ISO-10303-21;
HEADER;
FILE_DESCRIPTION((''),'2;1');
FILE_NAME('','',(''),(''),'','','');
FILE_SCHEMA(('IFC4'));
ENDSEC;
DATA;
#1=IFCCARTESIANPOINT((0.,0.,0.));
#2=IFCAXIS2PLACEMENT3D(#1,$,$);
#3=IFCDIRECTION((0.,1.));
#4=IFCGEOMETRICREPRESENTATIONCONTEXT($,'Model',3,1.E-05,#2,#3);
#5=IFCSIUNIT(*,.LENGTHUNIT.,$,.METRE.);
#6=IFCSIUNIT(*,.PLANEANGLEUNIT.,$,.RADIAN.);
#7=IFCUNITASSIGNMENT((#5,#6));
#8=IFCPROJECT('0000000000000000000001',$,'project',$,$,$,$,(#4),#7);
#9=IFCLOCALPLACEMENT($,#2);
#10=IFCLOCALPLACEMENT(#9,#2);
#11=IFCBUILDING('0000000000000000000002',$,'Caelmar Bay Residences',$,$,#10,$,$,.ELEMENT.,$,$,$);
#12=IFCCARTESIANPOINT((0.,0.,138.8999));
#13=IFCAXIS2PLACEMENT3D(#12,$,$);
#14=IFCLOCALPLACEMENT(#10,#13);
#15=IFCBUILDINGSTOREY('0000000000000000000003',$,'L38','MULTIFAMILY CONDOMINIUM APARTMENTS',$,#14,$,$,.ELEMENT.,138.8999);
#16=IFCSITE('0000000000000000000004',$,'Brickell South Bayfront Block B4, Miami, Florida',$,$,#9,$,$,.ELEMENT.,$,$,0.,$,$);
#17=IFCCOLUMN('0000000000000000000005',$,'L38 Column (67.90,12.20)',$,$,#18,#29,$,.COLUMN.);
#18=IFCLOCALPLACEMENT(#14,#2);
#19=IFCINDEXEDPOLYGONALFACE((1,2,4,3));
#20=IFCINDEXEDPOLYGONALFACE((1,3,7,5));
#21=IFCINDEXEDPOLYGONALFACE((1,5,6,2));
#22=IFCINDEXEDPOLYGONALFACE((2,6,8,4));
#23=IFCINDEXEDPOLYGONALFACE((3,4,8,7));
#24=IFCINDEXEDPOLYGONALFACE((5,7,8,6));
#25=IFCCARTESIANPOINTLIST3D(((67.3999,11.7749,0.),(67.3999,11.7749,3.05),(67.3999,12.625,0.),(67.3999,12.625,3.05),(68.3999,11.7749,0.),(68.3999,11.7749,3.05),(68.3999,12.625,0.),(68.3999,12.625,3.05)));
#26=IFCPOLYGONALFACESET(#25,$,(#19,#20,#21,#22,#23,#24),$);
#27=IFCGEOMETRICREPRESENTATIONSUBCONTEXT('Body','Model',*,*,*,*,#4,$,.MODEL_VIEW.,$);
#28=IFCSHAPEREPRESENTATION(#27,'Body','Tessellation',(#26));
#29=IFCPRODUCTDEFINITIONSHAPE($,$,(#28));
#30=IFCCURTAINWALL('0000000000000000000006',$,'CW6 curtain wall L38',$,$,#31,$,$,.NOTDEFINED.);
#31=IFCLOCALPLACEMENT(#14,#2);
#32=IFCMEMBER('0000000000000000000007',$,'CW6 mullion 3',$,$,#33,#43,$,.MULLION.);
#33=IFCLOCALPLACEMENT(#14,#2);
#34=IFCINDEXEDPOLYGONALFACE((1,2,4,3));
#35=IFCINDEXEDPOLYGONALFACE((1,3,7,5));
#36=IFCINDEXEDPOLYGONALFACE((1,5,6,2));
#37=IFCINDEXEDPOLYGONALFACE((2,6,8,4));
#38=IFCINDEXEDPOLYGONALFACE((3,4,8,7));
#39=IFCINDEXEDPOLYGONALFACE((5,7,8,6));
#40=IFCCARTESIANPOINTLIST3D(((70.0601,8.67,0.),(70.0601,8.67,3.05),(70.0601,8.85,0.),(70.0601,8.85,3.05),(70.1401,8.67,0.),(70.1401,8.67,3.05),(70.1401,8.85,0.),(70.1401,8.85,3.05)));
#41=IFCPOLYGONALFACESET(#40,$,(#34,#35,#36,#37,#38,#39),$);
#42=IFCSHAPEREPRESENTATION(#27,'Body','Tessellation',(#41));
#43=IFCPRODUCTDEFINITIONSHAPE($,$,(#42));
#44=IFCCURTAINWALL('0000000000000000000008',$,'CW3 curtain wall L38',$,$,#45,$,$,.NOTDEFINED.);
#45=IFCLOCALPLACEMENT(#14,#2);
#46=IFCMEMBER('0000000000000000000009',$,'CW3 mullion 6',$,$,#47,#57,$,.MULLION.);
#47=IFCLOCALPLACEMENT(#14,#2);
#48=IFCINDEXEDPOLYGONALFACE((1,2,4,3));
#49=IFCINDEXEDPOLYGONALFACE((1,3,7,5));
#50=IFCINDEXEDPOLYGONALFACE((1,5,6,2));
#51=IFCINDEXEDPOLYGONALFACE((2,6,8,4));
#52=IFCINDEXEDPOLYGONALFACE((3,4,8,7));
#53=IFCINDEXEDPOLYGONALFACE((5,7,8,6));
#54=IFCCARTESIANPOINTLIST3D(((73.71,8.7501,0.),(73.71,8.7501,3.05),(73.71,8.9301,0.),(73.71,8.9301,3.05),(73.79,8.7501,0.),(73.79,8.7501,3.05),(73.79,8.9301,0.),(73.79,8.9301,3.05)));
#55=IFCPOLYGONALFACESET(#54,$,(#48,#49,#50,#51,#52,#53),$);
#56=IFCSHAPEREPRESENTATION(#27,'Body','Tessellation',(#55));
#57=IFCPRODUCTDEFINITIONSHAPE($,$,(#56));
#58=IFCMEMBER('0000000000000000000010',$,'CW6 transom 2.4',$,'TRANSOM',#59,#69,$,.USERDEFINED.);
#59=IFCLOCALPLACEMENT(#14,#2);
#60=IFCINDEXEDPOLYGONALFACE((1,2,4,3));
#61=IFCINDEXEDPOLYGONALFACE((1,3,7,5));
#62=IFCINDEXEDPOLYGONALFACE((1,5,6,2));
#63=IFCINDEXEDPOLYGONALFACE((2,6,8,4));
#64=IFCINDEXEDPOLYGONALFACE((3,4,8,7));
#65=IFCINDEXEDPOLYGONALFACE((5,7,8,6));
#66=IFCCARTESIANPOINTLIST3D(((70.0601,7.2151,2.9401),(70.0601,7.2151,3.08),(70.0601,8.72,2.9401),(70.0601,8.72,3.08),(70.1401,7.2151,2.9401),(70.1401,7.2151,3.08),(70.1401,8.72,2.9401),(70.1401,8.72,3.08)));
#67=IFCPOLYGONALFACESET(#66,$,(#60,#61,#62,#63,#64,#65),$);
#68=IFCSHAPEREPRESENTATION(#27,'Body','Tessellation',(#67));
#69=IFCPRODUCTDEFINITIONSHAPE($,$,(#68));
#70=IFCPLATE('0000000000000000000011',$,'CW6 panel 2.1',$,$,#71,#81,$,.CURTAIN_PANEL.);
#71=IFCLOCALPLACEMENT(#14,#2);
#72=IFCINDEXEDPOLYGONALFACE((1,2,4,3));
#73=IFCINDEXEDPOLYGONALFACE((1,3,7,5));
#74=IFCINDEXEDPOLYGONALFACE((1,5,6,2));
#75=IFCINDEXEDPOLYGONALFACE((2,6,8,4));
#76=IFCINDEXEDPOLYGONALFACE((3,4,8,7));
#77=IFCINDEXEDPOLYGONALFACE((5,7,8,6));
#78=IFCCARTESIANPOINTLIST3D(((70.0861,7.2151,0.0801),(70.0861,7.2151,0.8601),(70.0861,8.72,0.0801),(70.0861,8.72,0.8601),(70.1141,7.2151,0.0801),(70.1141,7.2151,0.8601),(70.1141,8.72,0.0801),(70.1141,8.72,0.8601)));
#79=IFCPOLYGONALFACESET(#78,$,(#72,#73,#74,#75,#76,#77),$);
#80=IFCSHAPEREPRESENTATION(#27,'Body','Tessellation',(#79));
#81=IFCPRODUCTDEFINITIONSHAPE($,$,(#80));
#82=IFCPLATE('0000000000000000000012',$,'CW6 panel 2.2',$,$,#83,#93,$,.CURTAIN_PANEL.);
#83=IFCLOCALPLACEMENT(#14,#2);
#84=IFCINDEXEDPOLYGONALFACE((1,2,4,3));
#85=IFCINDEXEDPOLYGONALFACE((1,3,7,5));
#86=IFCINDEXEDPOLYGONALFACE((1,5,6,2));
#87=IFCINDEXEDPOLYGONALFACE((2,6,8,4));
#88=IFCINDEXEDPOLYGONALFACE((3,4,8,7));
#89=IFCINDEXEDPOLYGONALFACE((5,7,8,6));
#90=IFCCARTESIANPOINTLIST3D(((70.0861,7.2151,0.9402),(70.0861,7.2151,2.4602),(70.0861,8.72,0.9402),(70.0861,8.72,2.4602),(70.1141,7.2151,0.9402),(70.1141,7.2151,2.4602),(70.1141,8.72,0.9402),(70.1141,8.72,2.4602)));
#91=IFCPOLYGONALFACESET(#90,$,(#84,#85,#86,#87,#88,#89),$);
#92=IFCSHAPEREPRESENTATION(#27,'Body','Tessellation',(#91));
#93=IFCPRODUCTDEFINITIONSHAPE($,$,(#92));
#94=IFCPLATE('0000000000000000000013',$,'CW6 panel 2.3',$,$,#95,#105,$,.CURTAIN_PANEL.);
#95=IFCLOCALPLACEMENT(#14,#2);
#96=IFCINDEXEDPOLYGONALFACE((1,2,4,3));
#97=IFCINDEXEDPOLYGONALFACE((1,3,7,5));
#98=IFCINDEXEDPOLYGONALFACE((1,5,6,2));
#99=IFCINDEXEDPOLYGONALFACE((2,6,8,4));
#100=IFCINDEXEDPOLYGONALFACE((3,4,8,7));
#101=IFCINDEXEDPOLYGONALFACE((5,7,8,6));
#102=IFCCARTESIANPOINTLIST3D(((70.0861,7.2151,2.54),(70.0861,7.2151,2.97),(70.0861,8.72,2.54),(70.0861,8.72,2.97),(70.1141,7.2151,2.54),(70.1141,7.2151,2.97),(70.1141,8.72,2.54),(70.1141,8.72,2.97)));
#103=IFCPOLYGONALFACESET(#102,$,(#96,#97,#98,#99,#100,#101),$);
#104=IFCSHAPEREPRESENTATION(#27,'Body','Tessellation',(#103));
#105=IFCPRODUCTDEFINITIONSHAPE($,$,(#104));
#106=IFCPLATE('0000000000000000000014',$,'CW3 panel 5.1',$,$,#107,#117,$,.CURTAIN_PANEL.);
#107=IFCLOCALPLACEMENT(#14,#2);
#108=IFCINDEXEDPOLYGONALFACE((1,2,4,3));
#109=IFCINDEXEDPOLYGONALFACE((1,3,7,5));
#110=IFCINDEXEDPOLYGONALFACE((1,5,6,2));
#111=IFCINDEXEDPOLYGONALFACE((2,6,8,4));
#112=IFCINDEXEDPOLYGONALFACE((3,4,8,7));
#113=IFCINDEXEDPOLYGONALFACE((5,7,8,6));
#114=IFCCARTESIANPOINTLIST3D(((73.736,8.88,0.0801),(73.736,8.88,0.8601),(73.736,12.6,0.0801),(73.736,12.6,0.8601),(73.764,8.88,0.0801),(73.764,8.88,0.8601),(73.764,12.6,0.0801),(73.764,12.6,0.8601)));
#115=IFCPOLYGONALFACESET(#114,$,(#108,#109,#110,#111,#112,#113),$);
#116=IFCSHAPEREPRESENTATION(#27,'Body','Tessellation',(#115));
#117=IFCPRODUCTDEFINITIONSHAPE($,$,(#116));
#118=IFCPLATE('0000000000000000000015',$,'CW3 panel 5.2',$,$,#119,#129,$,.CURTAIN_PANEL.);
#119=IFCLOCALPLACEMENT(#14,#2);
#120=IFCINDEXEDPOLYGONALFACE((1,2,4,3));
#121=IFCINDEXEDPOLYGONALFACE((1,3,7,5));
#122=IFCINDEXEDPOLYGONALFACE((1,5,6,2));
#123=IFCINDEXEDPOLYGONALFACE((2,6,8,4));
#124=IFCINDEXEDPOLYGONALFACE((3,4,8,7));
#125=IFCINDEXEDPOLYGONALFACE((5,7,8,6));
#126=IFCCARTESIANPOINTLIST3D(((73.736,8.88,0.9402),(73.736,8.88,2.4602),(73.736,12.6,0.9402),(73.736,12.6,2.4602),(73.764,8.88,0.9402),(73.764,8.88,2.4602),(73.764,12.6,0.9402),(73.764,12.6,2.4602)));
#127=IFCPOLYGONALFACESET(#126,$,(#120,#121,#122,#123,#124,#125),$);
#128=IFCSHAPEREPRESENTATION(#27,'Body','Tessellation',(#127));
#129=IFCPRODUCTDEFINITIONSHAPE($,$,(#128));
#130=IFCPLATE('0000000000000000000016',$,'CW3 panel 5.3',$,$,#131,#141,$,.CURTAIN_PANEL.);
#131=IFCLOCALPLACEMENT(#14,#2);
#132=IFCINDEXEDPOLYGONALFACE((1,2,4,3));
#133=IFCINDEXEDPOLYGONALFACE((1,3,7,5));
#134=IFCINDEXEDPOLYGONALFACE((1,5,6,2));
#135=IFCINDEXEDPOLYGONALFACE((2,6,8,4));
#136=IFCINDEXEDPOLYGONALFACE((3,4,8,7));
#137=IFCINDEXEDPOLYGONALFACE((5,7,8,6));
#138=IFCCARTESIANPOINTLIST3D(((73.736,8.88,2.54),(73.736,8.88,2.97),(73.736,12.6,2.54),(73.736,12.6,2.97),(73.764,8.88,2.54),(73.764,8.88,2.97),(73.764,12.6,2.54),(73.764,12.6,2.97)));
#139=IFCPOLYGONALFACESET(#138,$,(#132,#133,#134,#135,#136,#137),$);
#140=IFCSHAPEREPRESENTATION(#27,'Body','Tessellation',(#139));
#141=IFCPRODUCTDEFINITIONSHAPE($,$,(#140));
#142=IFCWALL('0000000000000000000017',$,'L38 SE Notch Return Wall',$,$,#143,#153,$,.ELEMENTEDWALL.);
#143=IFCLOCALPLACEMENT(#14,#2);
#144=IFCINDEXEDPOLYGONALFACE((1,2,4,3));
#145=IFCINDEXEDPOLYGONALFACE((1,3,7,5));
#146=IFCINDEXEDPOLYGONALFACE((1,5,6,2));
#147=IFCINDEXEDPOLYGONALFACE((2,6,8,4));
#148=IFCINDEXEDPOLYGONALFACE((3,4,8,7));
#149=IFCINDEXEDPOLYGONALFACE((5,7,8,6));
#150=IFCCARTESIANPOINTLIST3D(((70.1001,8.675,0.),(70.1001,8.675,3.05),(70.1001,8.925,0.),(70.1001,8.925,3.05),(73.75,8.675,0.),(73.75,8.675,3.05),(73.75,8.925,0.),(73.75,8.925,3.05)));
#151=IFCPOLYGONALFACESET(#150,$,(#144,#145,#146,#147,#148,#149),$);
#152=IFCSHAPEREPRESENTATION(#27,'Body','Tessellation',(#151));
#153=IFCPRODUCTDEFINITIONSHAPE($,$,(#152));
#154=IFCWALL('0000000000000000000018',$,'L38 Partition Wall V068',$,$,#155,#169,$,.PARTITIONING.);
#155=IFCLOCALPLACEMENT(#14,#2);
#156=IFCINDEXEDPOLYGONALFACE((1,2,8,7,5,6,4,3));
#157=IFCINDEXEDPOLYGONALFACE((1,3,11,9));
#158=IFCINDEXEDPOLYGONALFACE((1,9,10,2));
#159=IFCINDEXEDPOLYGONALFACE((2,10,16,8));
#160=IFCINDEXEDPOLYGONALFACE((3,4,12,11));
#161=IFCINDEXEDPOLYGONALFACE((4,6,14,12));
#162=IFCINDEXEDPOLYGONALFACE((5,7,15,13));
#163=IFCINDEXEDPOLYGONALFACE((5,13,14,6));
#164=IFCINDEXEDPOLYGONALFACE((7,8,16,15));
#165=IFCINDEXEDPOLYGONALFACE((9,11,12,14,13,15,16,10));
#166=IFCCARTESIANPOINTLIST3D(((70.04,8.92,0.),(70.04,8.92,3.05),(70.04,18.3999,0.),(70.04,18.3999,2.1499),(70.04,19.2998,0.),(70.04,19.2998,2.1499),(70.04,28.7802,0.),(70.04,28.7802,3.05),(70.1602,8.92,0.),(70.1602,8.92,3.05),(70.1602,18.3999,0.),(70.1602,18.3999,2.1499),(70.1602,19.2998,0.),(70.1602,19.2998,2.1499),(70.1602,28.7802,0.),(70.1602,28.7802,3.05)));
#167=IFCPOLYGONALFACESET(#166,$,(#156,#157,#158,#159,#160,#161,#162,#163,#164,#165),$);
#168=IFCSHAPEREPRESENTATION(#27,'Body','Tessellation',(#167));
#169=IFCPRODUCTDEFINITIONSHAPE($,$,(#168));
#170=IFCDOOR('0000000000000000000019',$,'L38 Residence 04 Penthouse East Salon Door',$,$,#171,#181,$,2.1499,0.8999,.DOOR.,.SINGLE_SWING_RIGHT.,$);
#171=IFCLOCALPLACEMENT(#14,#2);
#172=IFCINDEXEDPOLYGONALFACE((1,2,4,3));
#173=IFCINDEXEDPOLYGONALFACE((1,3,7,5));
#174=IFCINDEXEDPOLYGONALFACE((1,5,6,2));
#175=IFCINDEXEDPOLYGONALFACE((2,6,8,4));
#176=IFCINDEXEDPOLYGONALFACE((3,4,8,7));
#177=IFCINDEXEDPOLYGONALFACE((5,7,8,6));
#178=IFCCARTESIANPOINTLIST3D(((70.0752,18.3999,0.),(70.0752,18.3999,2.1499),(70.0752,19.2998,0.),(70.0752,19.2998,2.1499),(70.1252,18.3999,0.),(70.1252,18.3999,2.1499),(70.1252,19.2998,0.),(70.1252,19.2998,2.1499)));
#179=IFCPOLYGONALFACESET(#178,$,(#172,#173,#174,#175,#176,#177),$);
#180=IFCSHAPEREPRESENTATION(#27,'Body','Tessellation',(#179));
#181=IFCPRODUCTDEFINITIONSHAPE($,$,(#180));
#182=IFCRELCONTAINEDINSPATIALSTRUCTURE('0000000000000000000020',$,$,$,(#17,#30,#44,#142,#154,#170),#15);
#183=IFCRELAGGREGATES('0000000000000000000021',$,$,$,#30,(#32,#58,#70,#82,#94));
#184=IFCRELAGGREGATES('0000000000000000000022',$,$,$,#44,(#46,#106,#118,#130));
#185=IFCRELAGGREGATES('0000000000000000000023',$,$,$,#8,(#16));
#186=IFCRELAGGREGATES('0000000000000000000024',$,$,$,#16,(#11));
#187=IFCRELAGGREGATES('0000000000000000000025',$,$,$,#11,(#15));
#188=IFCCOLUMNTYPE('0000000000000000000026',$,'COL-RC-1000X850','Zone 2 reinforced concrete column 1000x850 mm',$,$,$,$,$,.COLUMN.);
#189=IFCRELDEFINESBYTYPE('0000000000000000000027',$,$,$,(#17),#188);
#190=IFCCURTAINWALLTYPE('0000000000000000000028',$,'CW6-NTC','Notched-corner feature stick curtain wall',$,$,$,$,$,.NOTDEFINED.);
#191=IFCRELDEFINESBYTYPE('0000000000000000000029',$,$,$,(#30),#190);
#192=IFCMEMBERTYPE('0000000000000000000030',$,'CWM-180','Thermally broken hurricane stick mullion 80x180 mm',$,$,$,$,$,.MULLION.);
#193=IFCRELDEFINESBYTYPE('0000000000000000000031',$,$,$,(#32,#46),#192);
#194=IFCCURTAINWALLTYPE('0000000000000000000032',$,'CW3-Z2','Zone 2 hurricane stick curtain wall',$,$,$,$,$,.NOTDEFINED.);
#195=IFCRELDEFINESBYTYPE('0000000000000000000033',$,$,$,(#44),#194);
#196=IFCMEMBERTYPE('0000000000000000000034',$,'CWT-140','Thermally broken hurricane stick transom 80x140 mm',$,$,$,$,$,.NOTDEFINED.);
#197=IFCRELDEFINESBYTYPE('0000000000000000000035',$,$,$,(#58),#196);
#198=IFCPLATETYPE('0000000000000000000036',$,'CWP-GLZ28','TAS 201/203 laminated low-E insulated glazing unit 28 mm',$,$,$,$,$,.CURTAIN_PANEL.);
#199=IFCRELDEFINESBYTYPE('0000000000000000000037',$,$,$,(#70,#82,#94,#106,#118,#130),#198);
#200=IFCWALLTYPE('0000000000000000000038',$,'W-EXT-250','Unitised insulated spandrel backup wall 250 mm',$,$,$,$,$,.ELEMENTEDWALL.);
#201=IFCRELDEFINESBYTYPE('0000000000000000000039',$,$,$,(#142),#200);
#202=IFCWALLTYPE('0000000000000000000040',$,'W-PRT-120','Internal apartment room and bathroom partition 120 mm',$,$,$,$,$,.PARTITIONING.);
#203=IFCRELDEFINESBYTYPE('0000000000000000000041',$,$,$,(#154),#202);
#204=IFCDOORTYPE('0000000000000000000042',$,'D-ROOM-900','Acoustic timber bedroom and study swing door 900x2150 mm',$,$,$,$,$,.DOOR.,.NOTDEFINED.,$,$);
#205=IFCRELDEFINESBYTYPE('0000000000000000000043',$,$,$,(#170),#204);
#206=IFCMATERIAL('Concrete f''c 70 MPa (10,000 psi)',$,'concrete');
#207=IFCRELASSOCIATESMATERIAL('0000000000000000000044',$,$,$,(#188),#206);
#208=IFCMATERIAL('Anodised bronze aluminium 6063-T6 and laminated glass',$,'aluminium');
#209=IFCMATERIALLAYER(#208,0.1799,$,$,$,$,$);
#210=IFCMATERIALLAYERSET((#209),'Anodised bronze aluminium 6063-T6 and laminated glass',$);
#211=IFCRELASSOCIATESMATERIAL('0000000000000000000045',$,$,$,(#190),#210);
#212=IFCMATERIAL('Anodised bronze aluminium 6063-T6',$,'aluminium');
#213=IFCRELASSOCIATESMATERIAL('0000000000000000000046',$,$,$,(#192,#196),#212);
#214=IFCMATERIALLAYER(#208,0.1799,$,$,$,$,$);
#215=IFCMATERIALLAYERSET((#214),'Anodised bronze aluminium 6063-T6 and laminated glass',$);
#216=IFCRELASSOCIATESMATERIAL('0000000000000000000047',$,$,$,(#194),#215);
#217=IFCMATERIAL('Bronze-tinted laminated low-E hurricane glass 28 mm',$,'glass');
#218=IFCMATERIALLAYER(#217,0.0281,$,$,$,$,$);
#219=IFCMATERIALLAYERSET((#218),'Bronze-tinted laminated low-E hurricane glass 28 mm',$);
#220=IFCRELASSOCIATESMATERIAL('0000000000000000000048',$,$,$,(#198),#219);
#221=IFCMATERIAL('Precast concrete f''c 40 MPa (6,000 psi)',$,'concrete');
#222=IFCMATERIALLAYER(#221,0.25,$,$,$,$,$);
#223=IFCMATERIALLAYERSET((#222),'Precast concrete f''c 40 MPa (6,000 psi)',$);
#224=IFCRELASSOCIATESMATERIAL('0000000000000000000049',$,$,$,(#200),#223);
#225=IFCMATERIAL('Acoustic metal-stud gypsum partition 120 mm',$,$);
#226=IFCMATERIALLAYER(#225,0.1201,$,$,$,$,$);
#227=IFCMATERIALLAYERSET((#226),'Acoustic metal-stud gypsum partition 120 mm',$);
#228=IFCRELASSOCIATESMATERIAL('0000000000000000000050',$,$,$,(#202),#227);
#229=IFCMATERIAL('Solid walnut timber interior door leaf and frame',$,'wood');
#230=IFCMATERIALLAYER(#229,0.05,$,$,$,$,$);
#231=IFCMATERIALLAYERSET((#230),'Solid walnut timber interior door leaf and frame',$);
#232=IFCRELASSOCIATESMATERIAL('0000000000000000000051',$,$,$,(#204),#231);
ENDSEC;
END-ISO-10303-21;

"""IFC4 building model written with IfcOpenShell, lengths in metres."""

from ifc_helpers import new_model, si_unit, direction, frame, frame_2d, origin, origin_2d, place, context, subcontext, project, spatial, rectangle, extrude, material, layer, layer_set, material_profile, profile_set, type_object, element, fill, aggregate, save


model = new_model("IFC4")

# Units and contexts
model_context = context("Model", 3, precision=1e-05, world=origin(), true_north=direction((0.0, 1.0)))
body_context = subcontext(model_context, "Body", "Model", "MODEL_VIEW")
ifc_project = project(units=[si_unit("LENGTHUNIT", "METRE"), si_unit("PLANEANGLEUNIT", "RADIAN")], contexts=[model_context])

# Site, building, storey
site_placement = place(None, origin())
site = spatial("IfcSite", under=ifc_project, at=site_placement, Name="Brickell South Bayfront Block B4, Miami, Florida", CompositionType="ELEMENT", RefElevation=0.0)
building_placement = place(site_placement, origin())
building = spatial("IfcBuilding", under=site, at=building_placement, Name="Caelmar Bay Residences", CompositionType="ELEMENT")
storey_placement = place(building_placement, frame((0.0, 0.0, 138.8999)))
storey = spatial("IfcBuildingStorey", under=building, at=storey_placement, Name="L38", Description="MULTIFAMILY CONDOMINIUM APARTMENTS", CompositionType="ELEMENT", Elevation=138.8999)

# Column
ifc_material_1 = material(Name="Concrete f'c 70 MPa (10,000 psi)", Category="concrete")
ifc_material_profile_1 = material_profile(ifc_material_1, rectangle(XDim=1.0, YDim=0.8501, at=origin_2d()), Name="RC-COL-1000X850")
ifc_profile_set_1 = profile_set([ifc_material_profile_1], Name="Concrete f'c 70 MPa (10,000 psi)")
column_type = type_object("IfcColumnType", Name="COL-RC-1000X850", Description="Zone 2 reinforced concrete column 1000x850 mm", PredefinedType="COLUMN", material=ifc_profile_set_1)
column_placement = place(storey_placement, frame((67.8999, 12.2, 0.0), z_axis=(0.0, 0.0, 1.0), x_axis=(1.0, 0.0, 0.0)))
element("IfcColumn", 1, at=column_placement, inside=storey, type_object=column_type, Name="L38 Column (67.90,12.20)", PredefinedType="COLUMN", context=body_context, shape_type="SweptSolid", body=[
    extrude(rectangle(XDim=1.0, YDim=0.8501, at=origin_2d()), origin(), (0.0, 0.0, 1.0), 3.05),
])

# Curtain walls, members
ifc_material_2 = material(Name="Anodised bronze aluminium 6063-T6 and laminated glass", Category="aluminium")
ifc_layer_1 = layer(ifc_material_2, 0.1799)
ifc_layer_set_1 = layer_set([ifc_layer_1], Name="Anodised bronze aluminium 6063-T6 and laminated glass")
curtain_wall_type_1 = type_object("IfcCurtainWallType", Name="CW6-NTC", Description="Notched-corner feature stick curtain wall", PredefinedType="NOTDEFINED", material=ifc_layer_set_1)
curtain_wall_1_placement = place(storey_placement, origin())
curtain_wall_1 = element("IfcCurtainWall", 2, at=curtain_wall_1_placement, inside=storey, type_object=curtain_wall_type_1, Name="CW6 curtain wall L38", PredefinedType="NOTDEFINED")
ifc_material_3 = material(Name="Anodised bronze aluminium 6063-T6", Category="aluminium")
ifc_material_profile_2 = material_profile(ifc_material_3, rectangle(XDim=0.0801, YDim=0.1799, at=origin_2d()), Name="CWM-80X180")
ifc_profile_set_2 = profile_set([ifc_material_profile_2], Name="Anodised bronze aluminium 6063-T6")
member_type_1 = type_object("IfcMemberType", Name="CWM-180", Description="Thermally broken hurricane stick mullion 80x180 mm", PredefinedType="MULLION", material=ifc_profile_set_2)
member_1_placement = place(storey_placement, frame((70.1001, 8.76, 0.0), z_axis=(0.0, 0.0, 1.0), x_axis=(-1.0, 0.0, 0.0)))
member_1 = element("IfcMember", 3, at=member_1_placement, type_object=member_type_1, Name="CW6 mullion 3", PredefinedType="MULLION", context=body_context, shape_type="SweptSolid", body=[
    extrude(rectangle(XDim=0.0801, YDim=0.1799, at=origin_2d()), origin(), (0.0, 0.0, 1.0), 3.05),
])
ifc_layer_2 = layer(ifc_material_2, 0.1799)
ifc_layer_set_2 = layer_set([ifc_layer_2], Name="Anodised bronze aluminium 6063-T6 and laminated glass")
curtain_wall_type_2 = type_object("IfcCurtainWallType", Name="CW3-Z2", Description="Zone 2 hurricane stick curtain wall", PredefinedType="NOTDEFINED", material=ifc_layer_set_2)
curtain_wall_2_placement = place(storey_placement, origin())
curtain_wall_2 = element("IfcCurtainWall", 4, at=curtain_wall_2_placement, inside=storey, type_object=curtain_wall_type_2, Name="CW3 curtain wall L38", PredefinedType="NOTDEFINED")
member_2_placement = place(storey_placement, frame((73.75, 8.8401, 0.0), z_axis=(0.0, 0.0, 1.0), x_axis=(1.0, 0.0, 0.0)))
member_2 = element("IfcMember", 5, at=member_2_placement, type_object=member_type_1, Name="CW3 mullion 6", PredefinedType="MULLION", context=body_context, shape_type="SweptSolid", body=[
    extrude(rectangle(XDim=0.0801, YDim=0.1799, at=origin_2d()), origin(), (0.0, 0.0, 1.0), 3.05),
])

# Member
ifc_material_profile_3 = material_profile(ifc_material_3, rectangle(XDim=0.0801, YDim=0.1399, at=origin_2d()), Name="CWT-80X140")
ifc_profile_set_3 = profile_set([ifc_material_profile_3], Name="Anodised bronze aluminium 6063-T6")
member_type_2 = type_object("IfcMemberType", Name="CWT-140", Description="Thermally broken hurricane stick transom 80x140 mm", PredefinedType="NOTDEFINED", material=ifc_profile_set_3)
member_3_placement = place(storey_placement, frame((70.1001, 7.2151, 3.01), z_axis=(0.0, 1.0, 0.0), x_axis=(-1.0, 0.0, 0.0)))
member_3 = element("IfcMember", 6, at=member_3_placement, type_object=member_type_2, Name="CW6 transom 2.4", ObjectType="TRANSOM", PredefinedType="USERDEFINED", context=body_context, shape_type="SweptSolid", body=[
    extrude(rectangle(XDim=0.0801, YDim=0.1399, at=origin_2d()), origin(), (0.0, 0.0, 1.0), 1.5049),
])

# Plates
ifc_material_4 = material(Name="Bronze-tinted laminated low-E hurricane glass 28 mm", Category="glass")
ifc_layer_3 = layer(ifc_material_4, 0.0281)
ifc_layer_set_3 = layer_set([ifc_layer_3], Name="Bronze-tinted laminated low-E hurricane glass 28 mm")
plate_type = type_object("IfcPlateType", Name="CWP-GLZ28", Description="TAS 201/203 laminated low-E insulated glazing unit 28 mm", PredefinedType="CURTAIN_PANEL", material=ifc_layer_set_3)
plate_1_placement = place(storey_placement, frame((70.1001, 7.9675, 0.0801), z_axis=(0.0, 0.0, 1.0), x_axis=(0.0, 1.0, 0.0)))
plate_1 = element("IfcPlate", 7, at=plate_1_placement, type_object=plate_type, Name="CW6 panel 2.1", PredefinedType="CURTAIN_PANEL", context=body_context, shape_type="SweptSolid", body=[
    extrude(rectangle(XDim=1.5049, YDim=0.0281, at=origin_2d()), origin(), (0.0, 0.0, 1.0), 0.78),
])
plate_2_placement = place(storey_placement, frame((70.1001, 7.9675, 0.9402), z_axis=(0.0, 0.0, 1.0), x_axis=(0.0, 1.0, 0.0)))
plate_2 = element("IfcPlate", 8, at=plate_2_placement, type_object=plate_type, Name="CW6 panel 2.2", PredefinedType="CURTAIN_PANEL", context=body_context, shape_type="SweptSolid", body=[
    extrude(rectangle(XDim=1.5049, YDim=0.0281, at=origin_2d()), origin(), (0.0, 0.0, 1.0), 1.52),
])
plate_3_placement = place(storey_placement, frame((70.1001, 7.9675, 2.54), z_axis=(0.0, 0.0, 1.0), x_axis=(0.0, 1.0, 0.0)))
plate_3 = element("IfcPlate", 9, at=plate_3_placement, type_object=plate_type, Name="CW6 panel 2.3", PredefinedType="CURTAIN_PANEL", context=body_context, shape_type="SweptSolid", body=[
    extrude(rectangle(XDim=1.5049, YDim=0.0281, at=origin_2d()), origin(), (0.0, 0.0, 1.0), 0.4299),
])
aggregate(curtain_wall_1, [member_1, member_3, plate_1, plate_2, plate_3])
plate_4_placement = place(storey_placement, frame((73.75, 10.74, 0.0801), z_axis=(0.0, 0.0, 1.0), x_axis=(0.0, -1.0, 0.0)))
plate_4 = element("IfcPlate", 10, at=plate_4_placement, type_object=plate_type, Name="CW3 panel 5.1", PredefinedType="CURTAIN_PANEL", context=body_context, shape_type="SweptSolid", body=[
    extrude(rectangle(XDim=3.72, YDim=0.0281, at=origin_2d()), origin(), (0.0, 0.0, 1.0), 0.78),
])
plate_5_placement = place(storey_placement, frame((73.75, 10.74, 0.9402), z_axis=(0.0, 0.0, 1.0), x_axis=(0.0, -1.0, 0.0)))
plate_5 = element("IfcPlate", 11, at=plate_5_placement, type_object=plate_type, Name="CW3 panel 5.2", PredefinedType="CURTAIN_PANEL", context=body_context, shape_type="SweptSolid", body=[
    extrude(rectangle(XDim=3.72, YDim=0.0281, at=origin_2d()), origin(), (0.0, 0.0, 1.0), 1.52),
])
plate_6_placement = place(storey_placement, frame((73.75, 10.74, 2.54), z_axis=(0.0, 0.0, 1.0), x_axis=(0.0, -1.0, 0.0)))
plate_6 = element("IfcPlate", 12, at=plate_6_placement, type_object=plate_type, Name="CW3 panel 5.3", PredefinedType="CURTAIN_PANEL", context=body_context, shape_type="SweptSolid", body=[
    extrude(rectangle(XDim=3.72, YDim=0.0281, at=origin_2d()), origin(), (0.0, 0.0, 1.0), 0.4299),
])
aggregate(curtain_wall_2, [member_2, plate_4, plate_5, plate_6])

# Wall
ifc_material_5 = material(Name="Precast concrete f'c 40 MPa (6,000 psi)", Category="concrete")
ifc_layer_4 = layer(ifc_material_5, 0.25)
ifc_layer_set_4 = layer_set([ifc_layer_4], Name="Precast concrete f'c 40 MPa (6,000 psi)")
wall_type_1 = type_object("IfcWallType", Name="W-EXT-250", Description="Unitised insulated spandrel backup wall 250 mm", PredefinedType="ELEMENTEDWALL", material=ifc_layer_set_4)
wall_1_placement = place(storey_placement, frame((70.1001, 8.8, 0.0), z_axis=(0.0, 0.0, 1.0), x_axis=(1.0, 0.0, 0.0)))
element("IfcWall", 13, at=wall_1_placement, inside=storey, type_object=wall_type_1, Name="L38 SE Notch Return Wall", PredefinedType="ELEMENTEDWALL", context=body_context, shape_type="SweptSolid", body=[
    extrude(rectangle(XDim=3.6499, YDim=0.25, at=frame_2d((1.825, 0.0))), origin(), (0.0, 0.0, 1.0), 3.05),
])

# Wall, opening, door
ifc_material_6 = material(Name="Acoustic metal-stud gypsum partition 120 mm")
ifc_layer_5 = layer(ifc_material_6, 0.1201)
ifc_layer_set_5 = layer_set([ifc_layer_5], Name="Acoustic metal-stud gypsum partition 120 mm")
wall_type_2 = type_object("IfcWallType", Name="W-PRT-120", Description="Internal apartment room and bathroom partition 120 mm", PredefinedType="PARTITIONING", material=ifc_layer_set_5)
wall_2_placement = place(storey_placement, frame((70.1001, 8.9199, 0.0), z_axis=(0.0, 0.0, 1.0), x_axis=(0.0, 1.0, 0.0)))
wall_2 = element("IfcWall", 14, at=wall_2_placement, inside=storey, type_object=wall_type_2, Name="L38 Partition Wall V068", PredefinedType="PARTITIONING", context=body_context, shape_type="SweptSolid", body=[
    extrude(rectangle(XDim=19.8601, YDim=0.1201, at=frame_2d((9.9302, 0.0))), origin(), (0.0, 0.0, 1.0), 3.05),
])
opening_placement = place(wall_2_placement, frame((9.48, 0.0, 0.0)))
opening = element("IfcOpeningElement", 15, at=opening_placement, cuts=wall_2, PredefinedType="OPENING", context=body_context, shape_type="SweptSolid", body=[
    extrude(rectangle(XDim=0.8999, YDim=2.1499, at=frame_2d((0.45, 1.075))), frame((0.0, 0.0701, 0.0), z_axis=(0.0, -1.0, 0.0), x_axis=(1.0, 0.0, 0.0)), (0.0, 0.0, 1.0), 0.1401),
])
ifc_material_7 = material(Name="Solid walnut timber interior door leaf and frame", Category="wood")
ifc_layer_6 = layer(ifc_material_7, 0.05)
ifc_layer_set_6 = layer_set([ifc_layer_6], Name="Solid walnut timber interior door leaf and frame")
door_type = type_object("IfcDoorType", Name="D-ROOM-900", Description="Acoustic timber bedroom and study swing door 900x2150 mm", OperationType="NOTDEFINED", PredefinedType="DOOR", material=ifc_layer_set_6)
door_placement = place(opening_placement, origin())
door = element("IfcDoor", 16, at=door_placement, inside=storey, type_object=door_type, Name="L38 Residence 04 Penthouse East Salon Door", OperationType="SINGLE_SWING_RIGHT", OverallHeight=2.1499, OverallWidth=0.8999, PredefinedType="DOOR", context=body_context, shape_type="SweptSolid", body=[
    extrude(rectangle(XDim=0.8999, YDim=2.1499, at=frame_2d((0.45, 1.075))), frame((0.0, 0.0249, 0.0), z_axis=(0.0, -1.0, 0.0), x_axis=(1.0, 0.0, 0.0)), (0.0, 0.0, 1.0), 0.05),
])
fill(opening, door)

save(model, "model.ifc")
